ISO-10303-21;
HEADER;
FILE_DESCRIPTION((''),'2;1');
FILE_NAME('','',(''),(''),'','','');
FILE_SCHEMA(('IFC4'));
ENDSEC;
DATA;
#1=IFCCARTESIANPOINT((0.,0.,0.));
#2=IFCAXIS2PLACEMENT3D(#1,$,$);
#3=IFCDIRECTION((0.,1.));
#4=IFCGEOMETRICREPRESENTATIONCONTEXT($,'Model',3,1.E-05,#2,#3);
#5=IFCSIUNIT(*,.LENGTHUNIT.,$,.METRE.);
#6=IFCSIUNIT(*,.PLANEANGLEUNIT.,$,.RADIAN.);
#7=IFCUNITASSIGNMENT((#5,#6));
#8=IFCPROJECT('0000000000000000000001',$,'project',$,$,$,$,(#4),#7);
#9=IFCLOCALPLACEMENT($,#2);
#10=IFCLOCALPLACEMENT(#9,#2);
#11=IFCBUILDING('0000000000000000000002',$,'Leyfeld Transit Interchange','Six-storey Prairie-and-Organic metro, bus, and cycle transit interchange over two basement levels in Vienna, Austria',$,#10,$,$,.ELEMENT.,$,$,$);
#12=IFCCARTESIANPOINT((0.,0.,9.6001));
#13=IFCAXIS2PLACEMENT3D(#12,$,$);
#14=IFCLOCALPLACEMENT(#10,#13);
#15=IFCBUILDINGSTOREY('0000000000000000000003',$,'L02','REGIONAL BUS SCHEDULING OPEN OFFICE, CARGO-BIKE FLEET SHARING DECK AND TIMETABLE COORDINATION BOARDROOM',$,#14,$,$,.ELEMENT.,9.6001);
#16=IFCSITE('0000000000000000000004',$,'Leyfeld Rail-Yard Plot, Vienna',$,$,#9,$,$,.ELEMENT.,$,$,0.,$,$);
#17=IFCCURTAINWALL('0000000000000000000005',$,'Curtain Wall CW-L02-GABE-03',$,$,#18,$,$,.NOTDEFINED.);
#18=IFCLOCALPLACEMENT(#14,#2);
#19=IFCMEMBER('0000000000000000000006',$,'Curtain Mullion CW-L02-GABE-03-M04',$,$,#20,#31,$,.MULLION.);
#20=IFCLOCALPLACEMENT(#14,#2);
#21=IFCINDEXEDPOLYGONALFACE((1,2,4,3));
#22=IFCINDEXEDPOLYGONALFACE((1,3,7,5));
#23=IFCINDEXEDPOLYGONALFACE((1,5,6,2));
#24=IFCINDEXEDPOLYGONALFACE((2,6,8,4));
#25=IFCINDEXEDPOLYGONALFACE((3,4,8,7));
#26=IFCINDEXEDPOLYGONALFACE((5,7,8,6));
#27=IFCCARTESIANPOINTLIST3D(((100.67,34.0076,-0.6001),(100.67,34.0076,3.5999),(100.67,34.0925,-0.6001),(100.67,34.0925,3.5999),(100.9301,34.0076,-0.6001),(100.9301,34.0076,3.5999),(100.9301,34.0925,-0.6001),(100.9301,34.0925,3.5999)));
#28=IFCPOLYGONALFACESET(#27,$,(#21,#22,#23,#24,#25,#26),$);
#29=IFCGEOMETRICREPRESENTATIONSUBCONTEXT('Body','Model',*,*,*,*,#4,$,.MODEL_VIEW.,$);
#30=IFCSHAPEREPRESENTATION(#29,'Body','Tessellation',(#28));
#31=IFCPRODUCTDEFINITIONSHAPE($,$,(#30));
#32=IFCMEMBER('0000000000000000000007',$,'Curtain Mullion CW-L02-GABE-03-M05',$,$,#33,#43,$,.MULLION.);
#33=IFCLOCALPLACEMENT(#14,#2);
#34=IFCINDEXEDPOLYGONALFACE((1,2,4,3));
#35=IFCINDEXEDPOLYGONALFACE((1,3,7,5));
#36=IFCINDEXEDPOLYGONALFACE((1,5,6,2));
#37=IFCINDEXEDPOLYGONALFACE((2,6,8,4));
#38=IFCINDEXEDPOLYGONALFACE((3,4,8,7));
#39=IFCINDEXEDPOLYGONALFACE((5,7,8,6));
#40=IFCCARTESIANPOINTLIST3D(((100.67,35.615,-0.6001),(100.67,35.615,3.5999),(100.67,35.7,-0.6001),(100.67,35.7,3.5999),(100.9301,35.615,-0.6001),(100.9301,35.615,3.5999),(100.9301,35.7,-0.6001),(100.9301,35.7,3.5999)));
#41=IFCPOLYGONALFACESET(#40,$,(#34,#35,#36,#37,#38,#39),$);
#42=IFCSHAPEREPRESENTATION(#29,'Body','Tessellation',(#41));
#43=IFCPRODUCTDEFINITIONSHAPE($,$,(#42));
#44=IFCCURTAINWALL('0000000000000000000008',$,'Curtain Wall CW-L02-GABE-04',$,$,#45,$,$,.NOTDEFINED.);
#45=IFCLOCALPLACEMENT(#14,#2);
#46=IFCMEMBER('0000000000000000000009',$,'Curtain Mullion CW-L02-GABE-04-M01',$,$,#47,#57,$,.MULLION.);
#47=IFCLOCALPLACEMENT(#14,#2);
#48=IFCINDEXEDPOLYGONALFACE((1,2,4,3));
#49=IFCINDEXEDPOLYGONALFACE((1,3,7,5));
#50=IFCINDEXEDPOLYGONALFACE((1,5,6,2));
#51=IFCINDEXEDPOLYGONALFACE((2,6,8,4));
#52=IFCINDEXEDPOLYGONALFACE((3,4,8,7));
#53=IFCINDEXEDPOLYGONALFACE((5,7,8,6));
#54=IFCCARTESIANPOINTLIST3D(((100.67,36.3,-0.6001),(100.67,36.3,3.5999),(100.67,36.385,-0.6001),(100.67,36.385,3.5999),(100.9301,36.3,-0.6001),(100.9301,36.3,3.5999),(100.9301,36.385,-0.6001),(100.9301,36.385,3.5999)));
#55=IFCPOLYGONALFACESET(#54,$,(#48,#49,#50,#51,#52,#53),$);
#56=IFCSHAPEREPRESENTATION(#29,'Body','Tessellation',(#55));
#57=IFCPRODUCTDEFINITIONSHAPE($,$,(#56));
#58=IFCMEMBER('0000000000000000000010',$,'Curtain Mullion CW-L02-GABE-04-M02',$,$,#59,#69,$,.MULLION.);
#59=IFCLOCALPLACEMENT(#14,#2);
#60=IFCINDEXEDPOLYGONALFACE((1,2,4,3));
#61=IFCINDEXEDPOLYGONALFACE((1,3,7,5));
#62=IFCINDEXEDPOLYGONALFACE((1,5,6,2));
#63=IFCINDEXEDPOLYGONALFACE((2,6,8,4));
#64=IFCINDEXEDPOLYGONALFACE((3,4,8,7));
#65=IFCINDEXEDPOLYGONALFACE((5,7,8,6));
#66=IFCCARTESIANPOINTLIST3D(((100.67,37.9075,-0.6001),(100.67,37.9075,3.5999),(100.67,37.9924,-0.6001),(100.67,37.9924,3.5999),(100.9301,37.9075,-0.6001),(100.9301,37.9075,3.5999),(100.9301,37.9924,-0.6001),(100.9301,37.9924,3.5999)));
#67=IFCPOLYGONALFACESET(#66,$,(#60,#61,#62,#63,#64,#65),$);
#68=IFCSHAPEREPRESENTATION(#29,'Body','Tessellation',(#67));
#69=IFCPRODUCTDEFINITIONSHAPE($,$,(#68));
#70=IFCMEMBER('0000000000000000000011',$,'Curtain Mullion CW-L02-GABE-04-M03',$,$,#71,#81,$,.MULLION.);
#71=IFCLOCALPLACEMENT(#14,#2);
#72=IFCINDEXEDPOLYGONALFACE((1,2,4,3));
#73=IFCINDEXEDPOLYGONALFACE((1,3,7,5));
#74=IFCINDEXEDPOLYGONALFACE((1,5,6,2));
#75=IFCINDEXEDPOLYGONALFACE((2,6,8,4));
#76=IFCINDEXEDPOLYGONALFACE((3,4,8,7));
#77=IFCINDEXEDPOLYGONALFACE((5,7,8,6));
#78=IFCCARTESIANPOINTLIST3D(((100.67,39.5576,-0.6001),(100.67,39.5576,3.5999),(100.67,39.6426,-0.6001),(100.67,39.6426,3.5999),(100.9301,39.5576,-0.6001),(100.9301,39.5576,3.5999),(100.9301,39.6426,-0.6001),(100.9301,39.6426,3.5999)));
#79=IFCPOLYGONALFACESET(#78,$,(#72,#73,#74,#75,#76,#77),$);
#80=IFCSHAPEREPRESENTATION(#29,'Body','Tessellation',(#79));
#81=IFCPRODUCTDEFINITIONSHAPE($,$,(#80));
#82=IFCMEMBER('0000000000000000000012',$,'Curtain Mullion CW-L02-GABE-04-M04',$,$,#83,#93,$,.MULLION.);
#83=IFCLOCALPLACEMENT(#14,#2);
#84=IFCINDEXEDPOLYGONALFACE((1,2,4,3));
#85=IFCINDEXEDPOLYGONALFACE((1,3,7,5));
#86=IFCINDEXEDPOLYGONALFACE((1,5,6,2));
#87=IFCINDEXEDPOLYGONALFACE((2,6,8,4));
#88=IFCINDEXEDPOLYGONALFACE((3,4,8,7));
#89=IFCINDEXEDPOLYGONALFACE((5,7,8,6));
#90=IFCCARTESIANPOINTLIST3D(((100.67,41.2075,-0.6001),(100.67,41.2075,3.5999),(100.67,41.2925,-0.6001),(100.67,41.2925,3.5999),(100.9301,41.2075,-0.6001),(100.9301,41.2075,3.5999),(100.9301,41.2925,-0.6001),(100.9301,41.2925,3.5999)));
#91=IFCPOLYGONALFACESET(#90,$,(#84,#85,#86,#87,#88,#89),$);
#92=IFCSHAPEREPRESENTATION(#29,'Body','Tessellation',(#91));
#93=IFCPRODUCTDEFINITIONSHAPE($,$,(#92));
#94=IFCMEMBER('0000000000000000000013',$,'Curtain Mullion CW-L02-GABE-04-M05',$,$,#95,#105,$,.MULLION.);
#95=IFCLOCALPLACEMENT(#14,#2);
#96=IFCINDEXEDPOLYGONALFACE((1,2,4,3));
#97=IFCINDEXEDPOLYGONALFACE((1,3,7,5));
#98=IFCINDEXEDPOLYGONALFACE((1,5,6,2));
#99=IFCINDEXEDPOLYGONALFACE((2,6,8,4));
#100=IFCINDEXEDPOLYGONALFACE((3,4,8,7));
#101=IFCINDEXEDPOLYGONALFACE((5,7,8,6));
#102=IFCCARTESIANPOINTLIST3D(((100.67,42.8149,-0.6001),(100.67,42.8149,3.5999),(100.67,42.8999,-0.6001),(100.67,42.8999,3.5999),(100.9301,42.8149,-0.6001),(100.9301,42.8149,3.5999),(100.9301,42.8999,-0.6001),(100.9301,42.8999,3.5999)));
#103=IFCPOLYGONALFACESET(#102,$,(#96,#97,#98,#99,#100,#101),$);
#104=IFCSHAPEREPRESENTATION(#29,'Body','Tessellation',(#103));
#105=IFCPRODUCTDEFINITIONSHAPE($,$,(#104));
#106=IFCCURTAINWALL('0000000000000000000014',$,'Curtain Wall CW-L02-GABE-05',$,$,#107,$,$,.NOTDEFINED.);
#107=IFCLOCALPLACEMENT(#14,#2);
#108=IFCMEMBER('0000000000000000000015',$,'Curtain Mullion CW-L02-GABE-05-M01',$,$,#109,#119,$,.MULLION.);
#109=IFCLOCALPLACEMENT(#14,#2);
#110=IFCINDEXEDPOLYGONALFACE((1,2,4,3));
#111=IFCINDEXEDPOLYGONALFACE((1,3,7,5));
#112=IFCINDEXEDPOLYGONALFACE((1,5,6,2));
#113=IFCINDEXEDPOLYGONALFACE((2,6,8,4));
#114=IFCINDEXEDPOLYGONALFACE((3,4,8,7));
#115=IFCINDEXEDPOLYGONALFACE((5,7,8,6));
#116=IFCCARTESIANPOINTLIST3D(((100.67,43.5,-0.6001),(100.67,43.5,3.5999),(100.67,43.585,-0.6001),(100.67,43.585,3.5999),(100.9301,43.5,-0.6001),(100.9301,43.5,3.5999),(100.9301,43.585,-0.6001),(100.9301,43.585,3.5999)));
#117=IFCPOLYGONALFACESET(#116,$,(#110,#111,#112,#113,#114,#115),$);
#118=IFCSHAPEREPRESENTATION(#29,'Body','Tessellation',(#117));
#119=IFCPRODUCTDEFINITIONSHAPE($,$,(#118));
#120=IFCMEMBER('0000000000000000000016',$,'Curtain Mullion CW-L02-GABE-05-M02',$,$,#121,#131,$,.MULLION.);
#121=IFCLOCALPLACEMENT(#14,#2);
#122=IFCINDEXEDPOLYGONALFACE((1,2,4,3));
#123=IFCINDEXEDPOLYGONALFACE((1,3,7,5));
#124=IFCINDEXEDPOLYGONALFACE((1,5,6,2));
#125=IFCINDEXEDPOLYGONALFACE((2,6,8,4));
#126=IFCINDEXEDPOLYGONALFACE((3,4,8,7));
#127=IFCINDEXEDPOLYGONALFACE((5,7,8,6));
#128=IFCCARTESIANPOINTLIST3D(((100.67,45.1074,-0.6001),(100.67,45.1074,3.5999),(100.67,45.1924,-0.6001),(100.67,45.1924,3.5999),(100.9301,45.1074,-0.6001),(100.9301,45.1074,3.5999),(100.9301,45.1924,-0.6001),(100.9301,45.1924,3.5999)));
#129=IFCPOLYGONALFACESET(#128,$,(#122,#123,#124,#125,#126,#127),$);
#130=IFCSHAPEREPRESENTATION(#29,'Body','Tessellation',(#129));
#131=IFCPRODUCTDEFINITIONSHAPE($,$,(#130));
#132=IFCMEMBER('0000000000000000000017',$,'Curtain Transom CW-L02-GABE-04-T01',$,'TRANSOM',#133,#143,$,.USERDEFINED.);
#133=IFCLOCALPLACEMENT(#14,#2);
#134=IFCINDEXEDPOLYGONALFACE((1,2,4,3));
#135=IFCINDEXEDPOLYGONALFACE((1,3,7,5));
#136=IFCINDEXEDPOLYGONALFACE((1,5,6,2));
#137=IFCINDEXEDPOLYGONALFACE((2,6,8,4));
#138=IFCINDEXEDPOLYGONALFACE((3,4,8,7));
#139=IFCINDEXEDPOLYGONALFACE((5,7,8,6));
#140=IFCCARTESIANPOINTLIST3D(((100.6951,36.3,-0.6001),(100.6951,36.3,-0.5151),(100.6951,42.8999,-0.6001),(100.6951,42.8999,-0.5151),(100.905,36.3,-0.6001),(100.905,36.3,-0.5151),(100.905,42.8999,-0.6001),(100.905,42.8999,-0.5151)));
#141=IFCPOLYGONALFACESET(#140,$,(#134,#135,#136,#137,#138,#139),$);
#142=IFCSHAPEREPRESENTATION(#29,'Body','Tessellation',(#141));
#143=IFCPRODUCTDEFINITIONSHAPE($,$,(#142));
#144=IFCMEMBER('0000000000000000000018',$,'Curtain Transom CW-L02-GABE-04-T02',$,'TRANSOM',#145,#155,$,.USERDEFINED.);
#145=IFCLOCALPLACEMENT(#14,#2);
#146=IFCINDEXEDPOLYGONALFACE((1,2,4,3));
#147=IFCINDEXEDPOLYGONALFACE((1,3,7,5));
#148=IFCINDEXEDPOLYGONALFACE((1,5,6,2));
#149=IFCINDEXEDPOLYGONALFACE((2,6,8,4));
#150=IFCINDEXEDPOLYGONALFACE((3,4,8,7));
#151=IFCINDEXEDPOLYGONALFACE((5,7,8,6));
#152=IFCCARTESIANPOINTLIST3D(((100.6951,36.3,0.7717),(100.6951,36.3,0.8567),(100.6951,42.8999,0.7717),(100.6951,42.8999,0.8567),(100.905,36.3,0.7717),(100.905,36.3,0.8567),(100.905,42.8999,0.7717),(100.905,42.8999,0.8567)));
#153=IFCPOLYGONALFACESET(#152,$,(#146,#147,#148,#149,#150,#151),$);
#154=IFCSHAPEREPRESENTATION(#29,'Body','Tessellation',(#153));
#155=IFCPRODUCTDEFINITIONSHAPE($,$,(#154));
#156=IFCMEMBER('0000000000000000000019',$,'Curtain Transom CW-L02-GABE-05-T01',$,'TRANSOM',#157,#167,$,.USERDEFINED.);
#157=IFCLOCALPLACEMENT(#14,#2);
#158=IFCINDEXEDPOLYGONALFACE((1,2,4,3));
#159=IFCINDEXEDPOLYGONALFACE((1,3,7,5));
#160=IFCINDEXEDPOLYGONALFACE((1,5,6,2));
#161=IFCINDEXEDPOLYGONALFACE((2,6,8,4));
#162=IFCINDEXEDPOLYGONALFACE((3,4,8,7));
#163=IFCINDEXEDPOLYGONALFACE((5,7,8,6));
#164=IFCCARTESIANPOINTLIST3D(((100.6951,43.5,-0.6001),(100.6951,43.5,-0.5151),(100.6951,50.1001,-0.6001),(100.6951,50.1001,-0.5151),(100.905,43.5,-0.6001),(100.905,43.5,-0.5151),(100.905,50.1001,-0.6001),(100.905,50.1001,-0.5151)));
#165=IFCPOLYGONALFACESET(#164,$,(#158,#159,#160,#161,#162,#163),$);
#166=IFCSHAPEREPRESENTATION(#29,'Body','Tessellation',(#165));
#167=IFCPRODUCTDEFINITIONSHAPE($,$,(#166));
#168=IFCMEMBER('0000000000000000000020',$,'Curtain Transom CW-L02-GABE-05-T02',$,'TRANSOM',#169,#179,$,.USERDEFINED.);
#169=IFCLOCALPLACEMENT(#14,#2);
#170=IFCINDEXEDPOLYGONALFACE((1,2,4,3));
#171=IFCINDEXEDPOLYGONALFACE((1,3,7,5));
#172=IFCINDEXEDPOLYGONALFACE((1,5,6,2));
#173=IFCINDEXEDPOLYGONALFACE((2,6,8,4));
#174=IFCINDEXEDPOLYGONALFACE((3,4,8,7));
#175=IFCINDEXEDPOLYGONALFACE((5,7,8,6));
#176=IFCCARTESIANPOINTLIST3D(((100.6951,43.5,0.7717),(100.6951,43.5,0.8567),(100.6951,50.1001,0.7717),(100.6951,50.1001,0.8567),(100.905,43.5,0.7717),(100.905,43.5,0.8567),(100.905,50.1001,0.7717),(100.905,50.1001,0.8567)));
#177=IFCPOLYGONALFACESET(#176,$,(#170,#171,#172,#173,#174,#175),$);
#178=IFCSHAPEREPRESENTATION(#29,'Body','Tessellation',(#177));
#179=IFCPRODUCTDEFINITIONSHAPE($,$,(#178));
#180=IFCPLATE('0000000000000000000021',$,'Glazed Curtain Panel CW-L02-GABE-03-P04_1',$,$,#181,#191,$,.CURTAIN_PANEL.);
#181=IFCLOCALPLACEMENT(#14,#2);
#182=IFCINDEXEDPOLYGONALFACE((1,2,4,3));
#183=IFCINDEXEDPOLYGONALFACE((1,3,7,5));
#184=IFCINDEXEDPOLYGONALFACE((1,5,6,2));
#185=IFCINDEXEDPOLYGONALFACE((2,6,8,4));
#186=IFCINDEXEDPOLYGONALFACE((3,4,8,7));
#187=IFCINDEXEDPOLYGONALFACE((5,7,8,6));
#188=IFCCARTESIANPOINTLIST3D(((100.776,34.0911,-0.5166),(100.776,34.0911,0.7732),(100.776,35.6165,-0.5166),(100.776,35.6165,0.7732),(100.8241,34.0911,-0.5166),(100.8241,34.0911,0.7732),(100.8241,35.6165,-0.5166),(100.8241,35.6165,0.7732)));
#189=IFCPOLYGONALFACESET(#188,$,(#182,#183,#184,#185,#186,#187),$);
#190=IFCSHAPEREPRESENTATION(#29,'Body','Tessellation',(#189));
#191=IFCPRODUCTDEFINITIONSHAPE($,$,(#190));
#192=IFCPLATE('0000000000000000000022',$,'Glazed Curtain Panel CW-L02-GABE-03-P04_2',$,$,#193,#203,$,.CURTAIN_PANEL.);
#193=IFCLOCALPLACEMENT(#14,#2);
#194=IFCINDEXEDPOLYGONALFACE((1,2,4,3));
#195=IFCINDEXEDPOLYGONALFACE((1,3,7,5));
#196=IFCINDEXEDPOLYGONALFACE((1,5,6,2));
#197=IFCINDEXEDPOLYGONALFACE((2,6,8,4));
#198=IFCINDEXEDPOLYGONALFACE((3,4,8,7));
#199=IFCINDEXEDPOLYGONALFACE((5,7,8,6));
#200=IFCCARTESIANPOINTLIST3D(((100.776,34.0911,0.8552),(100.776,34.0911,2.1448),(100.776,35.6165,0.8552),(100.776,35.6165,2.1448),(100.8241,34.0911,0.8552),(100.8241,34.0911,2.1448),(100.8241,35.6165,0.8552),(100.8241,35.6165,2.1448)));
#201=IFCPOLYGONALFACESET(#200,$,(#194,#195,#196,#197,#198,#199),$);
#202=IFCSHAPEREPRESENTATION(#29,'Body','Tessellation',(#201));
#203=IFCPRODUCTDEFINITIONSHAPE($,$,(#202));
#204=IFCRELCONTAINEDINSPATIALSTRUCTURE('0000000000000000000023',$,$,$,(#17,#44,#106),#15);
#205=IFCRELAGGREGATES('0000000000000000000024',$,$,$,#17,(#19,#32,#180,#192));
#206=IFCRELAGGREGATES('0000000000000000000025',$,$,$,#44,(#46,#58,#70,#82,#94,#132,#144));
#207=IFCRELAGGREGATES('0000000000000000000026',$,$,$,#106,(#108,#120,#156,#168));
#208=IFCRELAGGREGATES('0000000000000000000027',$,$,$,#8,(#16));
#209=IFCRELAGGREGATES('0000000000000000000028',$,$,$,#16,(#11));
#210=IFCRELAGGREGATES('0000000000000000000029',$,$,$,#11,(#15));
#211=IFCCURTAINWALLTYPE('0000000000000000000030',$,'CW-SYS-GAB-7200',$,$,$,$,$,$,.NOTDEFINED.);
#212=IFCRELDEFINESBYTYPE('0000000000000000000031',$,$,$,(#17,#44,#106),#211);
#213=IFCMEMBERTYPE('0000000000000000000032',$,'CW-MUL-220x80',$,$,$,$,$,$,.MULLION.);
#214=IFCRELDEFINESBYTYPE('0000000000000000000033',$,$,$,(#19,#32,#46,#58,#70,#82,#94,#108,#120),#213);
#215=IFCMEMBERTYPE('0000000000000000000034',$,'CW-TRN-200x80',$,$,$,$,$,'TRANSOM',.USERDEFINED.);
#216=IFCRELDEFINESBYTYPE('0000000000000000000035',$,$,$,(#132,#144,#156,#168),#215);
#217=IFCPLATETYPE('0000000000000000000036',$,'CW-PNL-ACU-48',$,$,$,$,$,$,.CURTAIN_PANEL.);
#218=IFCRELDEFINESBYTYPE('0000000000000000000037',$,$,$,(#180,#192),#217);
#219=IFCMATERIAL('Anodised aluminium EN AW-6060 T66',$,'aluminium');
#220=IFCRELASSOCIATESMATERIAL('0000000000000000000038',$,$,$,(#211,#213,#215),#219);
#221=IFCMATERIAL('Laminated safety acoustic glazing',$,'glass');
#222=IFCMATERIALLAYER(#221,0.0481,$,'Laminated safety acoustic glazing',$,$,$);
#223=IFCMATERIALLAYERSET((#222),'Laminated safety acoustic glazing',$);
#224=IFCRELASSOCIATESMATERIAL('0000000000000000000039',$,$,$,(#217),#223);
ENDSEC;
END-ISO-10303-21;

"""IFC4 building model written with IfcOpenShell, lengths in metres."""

from ifc_helpers import new_model, si_unit, direction, frame, origin, origin_2d, place, context, subcontext, project, spatial, rectangle, extrude, material, layer, layer_set, material_profile, profile_set, type_object, element, aggregate, save


model = new_model("IFC4")

# Units and contexts
model_context = context("Model", 3, precision=1e-05, world=origin(), true_north=direction((0.0, 1.0)))
body_context = subcontext(model_context, "Body", "Model", "MODEL_VIEW")
ifc_project = project(units=[si_unit("LENGTHUNIT", "METRE"), si_unit("PLANEANGLEUNIT", "RADIAN")], contexts=[model_context])

# Site, building, storey
site_placement = place(None, origin())
site = spatial("IfcSite", under=ifc_project, at=site_placement, Name="Leyfeld Rail-Yard Plot, Vienna", CompositionType="ELEMENT", RefElevation=0.0)
building_placement = place(site_placement, origin())
building = spatial("IfcBuilding", under=site, at=building_placement, Name="Leyfeld Transit Interchange", Description="Six-storey Prairie-and-Organic metro, bus, and cycle transit interchange over two basement levels in Vienna, Austria", CompositionType="ELEMENT")
storey_placement = place(building_placement, frame((0.0, 0.0, 9.6001)))
storey = spatial("IfcBuildingStorey", under=building, at=storey_placement, Name="L02", Description="REGIONAL BUS SCHEDULING OPEN OFFICE, CARGO-BIKE FLEET SHARING DECK AND TIMETABLE COORDINATION BOARDROOM", CompositionType="ELEMENT", Elevation=9.6001)

# Curtain walls, members
ifc_material_1 = material(Name="Anodised aluminium EN AW-6060 T66", Category="aluminium")
curtain_wall_type = type_object("IfcCurtainWallType", Name="CW-SYS-GAB-7200", PredefinedType="NOTDEFINED", material=ifc_material_1)
curtain_wall_1_placement = place(storey_placement, origin())
curtain_wall_1 = element("IfcCurtainWall", 1, at=curtain_wall_1_placement, inside=storey, type_object=curtain_wall_type, Name="Curtain Wall CW-L02-GABE-03", PredefinedType="NOTDEFINED")
ifc_material_profile_1 = material_profile(ifc_material_1, rectangle(XDim=0.085, YDim=0.26, at=origin_2d()), Name="CW-M 85x260")
ifc_profile_set_1 = profile_set([ifc_material_profile_1], Name="Anodised aluminium EN AW-6060 T66")
member_type_1 = type_object("IfcMemberType", Name="CW-MUL-220x80", PredefinedType="MULLION", material=ifc_profile_set_1)
member_1_placement = place(storey_placement, frame((100.8, 34.05, -0.6001), z_axis=(0.0, 0.0, 1.0), x_axis=(0.0, 1.0, 0.0)))
member_1 = element("IfcMember", 2, at=member_1_placement, type_object=member_type_1, Name="Curtain Mullion CW-L02-GABE-03-M04", PredefinedType="MULLION", context=body_context, shape_type="SweptSolid", body=[
    extrude(rectangle(XDim=0.085, YDim=0.26, at=origin_2d()), origin(), (0.0, 0.0, 1.0), 4.2),
])
member_2_placement = place(storey_placement, frame((100.8, 35.6575, -0.6001), z_axis=(0.0, 0.0, 1.0), x_axis=(0.0, 1.0, 0.0)))
member_2 = element("IfcMember", 3, at=member_2_placement, type_object=member_type_1, Name="Curtain Mullion CW-L02-GABE-03-M05", PredefinedType="MULLION", context=body_context, shape_type="SweptSolid", body=[
    extrude(rectangle(XDim=0.085, YDim=0.26, at=origin_2d()), origin(), (0.0, 0.0, 1.0), 4.2),
])
curtain_wall_2_placement = place(storey_placement, origin())
curtain_wall_2 = element("IfcCurtainWall", 4, at=curtain_wall_2_placement, inside=storey, type_object=curtain_wall_type, Name="Curtain Wall CW-L02-GABE-04", PredefinedType="NOTDEFINED")
member_3_placement = place(storey_placement, frame((100.8, 36.3425, -0.6001), z_axis=(0.0, 0.0, 1.0), x_axis=(0.0, 1.0, 0.0)))
member_3 = element("IfcMember", 5, at=member_3_placement, type_object=member_type_1, Name="Curtain Mullion CW-L02-GABE-04-M01", PredefinedType="MULLION", context=body_context, shape_type="SweptSolid", body=[
    extrude(rectangle(XDim=0.085, YDim=0.26, at=origin_2d()), origin(), (0.0, 0.0, 1.0), 4.2),
])
member_4_placement = place(storey_placement, frame((100.8, 37.95, -0.6001), z_axis=(0.0, 0.0, 1.0), x_axis=(0.0, 1.0, 0.0)))
member_4 = element("IfcMember", 6, at=member_4_placement, type_object=member_type_1, Name="Curtain Mullion CW-L02-GABE-04-M02", PredefinedType="MULLION", context=body_context, shape_type="SweptSolid", body=[
    extrude(rectangle(XDim=0.085, YDim=0.26, at=origin_2d()), origin(), (0.0, 0.0, 1.0), 4.2),
])
member_5_placement = place(storey_placement, frame((100.8, 39.6001, -0.6001), z_axis=(0.0, 0.0, 1.0), x_axis=(0.0, 1.0, 0.0)))
member_5 = element("IfcMember", 7, at=member_5_placement, type_object=member_type_1, Name="Curtain Mullion CW-L02-GABE-04-M03", PredefinedType="MULLION", context=body_context, shape_type="SweptSolid", body=[
    extrude(rectangle(XDim=0.085, YDim=0.26, at=origin_2d()), origin(), (0.0, 0.0, 1.0), 4.2),
])
member_6_placement = place(storey_placement, frame((100.8, 41.25, -0.6001), z_axis=(0.0, 0.0, 1.0), x_axis=(0.0, 1.0, 0.0)))
member_6 = element("IfcMember", 8, at=member_6_placement, type_object=member_type_1, Name="Curtain Mullion CW-L02-GABE-04-M04", PredefinedType="MULLION", context=body_context, shape_type="SweptSolid", body=[
    extrude(rectangle(XDim=0.085, YDim=0.26, at=origin_2d()), origin(), (0.0, 0.0, 1.0), 4.2),
])
member_7_placement = place(storey_placement, frame((100.8, 42.8574, -0.6001), z_axis=(0.0, 0.0, 1.0), x_axis=(0.0, 1.0, 0.0)))
member_7 = element("IfcMember", 9, at=member_7_placement, type_object=member_type_1, Name="Curtain Mullion CW-L02-GABE-04-M05", PredefinedType="MULLION", context=body_context, shape_type="SweptSolid", body=[
    extrude(rectangle(XDim=0.085, YDim=0.26, at=origin_2d()), origin(), (0.0, 0.0, 1.0), 4.2),
])
curtain_wall_3_placement = place(storey_placement, origin())
curtain_wall_3 = element("IfcCurtainWall", 10, at=curtain_wall_3_placement, inside=storey, type_object=curtain_wall_type, Name="Curtain Wall CW-L02-GABE-05", PredefinedType="NOTDEFINED")
member_8_placement = place(storey_placement, frame((100.8, 43.5425, -0.6001), z_axis=(0.0, 0.0, 1.0), x_axis=(0.0, 1.0, 0.0)))
member_8 = element("IfcMember", 11, at=member_8_placement, type_object=member_type_1, Name="Curtain Mullion CW-L02-GABE-05-M01", PredefinedType="MULLION", context=body_context, shape_type="SweptSolid", body=[
    extrude(rectangle(XDim=0.085, YDim=0.26, at=origin_2d()), origin(), (0.0, 0.0, 1.0), 4.2),
])
member_9_placement = place(storey_placement, frame((100.8, 45.1499, -0.6001), z_axis=(0.0, 0.0, 1.0), x_axis=(0.0, 1.0, 0.0)))
member_9 = element("IfcMember", 12, at=member_9_placement, type_object=member_type_1, Name="Curtain Mullion CW-L02-GABE-05-M02", PredefinedType="MULLION", context=body_context, shape_type="SweptSolid", body=[
    extrude(rectangle(XDim=0.085, YDim=0.26, at=origin_2d()), origin(), (0.0, 0.0, 1.0), 4.2),
])

# Members
ifc_material_profile_2 = material_profile(ifc_material_1, rectangle(XDim=0.21, YDim=0.085, at=origin_2d()), Name="CW-TRN-200x80")
ifc_profile_set_2 = profile_set([ifc_material_profile_2], Name="Anodised aluminium EN AW-6060 T66")
member_type_2 = type_object("IfcMemberType", Name="CW-TRN-200x80", ElementType="TRANSOM", PredefinedType="USERDEFINED", material=ifc_profile_set_2)
member_10_placement = place(storey_placement, frame((100.8, 36.3, -0.5576), z_axis=(0.0, 1.0, 0.0), x_axis=(-1.0, 0.0, 0.0)))
member_10 = element("IfcMember", 13, at=member_10_placement, type_object=member_type_2, Name="Curtain Transom CW-L02-GABE-04-T01", ObjectType="TRANSOM", PredefinedType="USERDEFINED", context=body_context, shape_type="SweptSolid", body=[
    extrude(rectangle(XDim=0.21, YDim=0.085, at=origin_2d()), origin(), (0.0, 0.0, 1.0), 6.5999),
])
member_11_placement = place(storey_placement, frame((100.8, 36.3, 0.8142), z_axis=(0.0, 1.0, 0.0), x_axis=(-1.0, 0.0, 0.0)))
member_11 = element("IfcMember", 14, at=member_11_placement, type_object=member_type_2, Name="Curtain Transom CW-L02-GABE-04-T02", ObjectType="TRANSOM", PredefinedType="USERDEFINED", context=body_context, shape_type="SweptSolid", body=[
    extrude(rectangle(XDim=0.21, YDim=0.085, at=origin_2d()), origin(), (0.0, 0.0, 1.0), 6.5999),
])
member_12_placement = place(storey_placement, frame((100.8, 43.5, -0.5576), z_axis=(0.0, 1.0, 0.0), x_axis=(-1.0, 0.0, 0.0)))
member_12 = element("IfcMember", 15, at=member_12_placement, type_object=member_type_2, Name="Curtain Transom CW-L02-GABE-05-T01", ObjectType="TRANSOM", PredefinedType="USERDEFINED", context=body_context, shape_type="SweptSolid", body=[
    extrude(rectangle(XDim=0.21, YDim=0.085, at=origin_2d()), origin(), (0.0, 0.0, 1.0), 6.6001),
])
member_13_placement = place(storey_placement, frame((100.8, 43.5, 0.8142), z_axis=(0.0, 1.0, 0.0), x_axis=(-1.0, 0.0, 0.0)))
member_13 = element("IfcMember", 16, at=member_13_placement, type_object=member_type_2, Name="Curtain Transom CW-L02-GABE-05-T02", ObjectType="TRANSOM", PredefinedType="USERDEFINED", context=body_context, shape_type="SweptSolid", body=[
    extrude(rectangle(XDim=0.21, YDim=0.085, at=origin_2d()), origin(), (0.0, 0.0, 1.0), 6.6001),
])

# Plates
ifc_material_2 = material(Name="Laminated safety acoustic glazing", Category="glass")
ifc_layer = layer(ifc_material_2, 0.0481, Name="Laminated safety acoustic glazing")
ifc_layer_set = layer_set([ifc_layer], Name="Laminated safety acoustic glazing")
plate_type = type_object("IfcPlateType", Name="CW-PNL-ACU-48", PredefinedType="CURTAIN_PANEL", material=ifc_layer_set)
plate_1_placement = place(storey_placement, frame((100.8, 34.8538, -0.5166), z_axis=(0.0, 0.0, 1.0), x_axis=(0.0, 1.0, 0.0)))
plate_1 = element("IfcPlate", 17, at=plate_1_placement, type_object=plate_type, Name="Glazed Curtain Panel CW-L02-GABE-03-P04_1", PredefinedType="CURTAIN_PANEL", context=body_context, shape_type="SweptSolid", body=[
    extrude(rectangle(XDim=1.5254, YDim=0.0481, at=origin_2d()), origin(), (0.0, 0.0, 1.0), 1.2898),
])
plate_2_placement = place(storey_placement, frame((100.8, 34.8538, 0.8552), z_axis=(0.0, 0.0, 1.0), x_axis=(0.0, 1.0, 0.0)))
plate_2 = element("IfcPlate", 18, at=plate_2_placement, type_object=plate_type, Name="Glazed Curtain Panel CW-L02-GABE-03-P04_2", PredefinedType="CURTAIN_PANEL", context=body_context, shape_type="SweptSolid", body=[
    extrude(rectangle(XDim=1.5254, YDim=0.0481, at=origin_2d()), origin(), (0.0, 0.0, 1.0), 1.2896),
])
aggregate(curtain_wall_1, [member_1, member_2, plate_1, plate_2])
aggregate(curtain_wall_2, [member_3, member_4, member_5, member_6, member_7, member_10, member_11])
aggregate(curtain_wall_3, [member_8, member_9, member_12, member_13])

save(model, "model.ifc")
